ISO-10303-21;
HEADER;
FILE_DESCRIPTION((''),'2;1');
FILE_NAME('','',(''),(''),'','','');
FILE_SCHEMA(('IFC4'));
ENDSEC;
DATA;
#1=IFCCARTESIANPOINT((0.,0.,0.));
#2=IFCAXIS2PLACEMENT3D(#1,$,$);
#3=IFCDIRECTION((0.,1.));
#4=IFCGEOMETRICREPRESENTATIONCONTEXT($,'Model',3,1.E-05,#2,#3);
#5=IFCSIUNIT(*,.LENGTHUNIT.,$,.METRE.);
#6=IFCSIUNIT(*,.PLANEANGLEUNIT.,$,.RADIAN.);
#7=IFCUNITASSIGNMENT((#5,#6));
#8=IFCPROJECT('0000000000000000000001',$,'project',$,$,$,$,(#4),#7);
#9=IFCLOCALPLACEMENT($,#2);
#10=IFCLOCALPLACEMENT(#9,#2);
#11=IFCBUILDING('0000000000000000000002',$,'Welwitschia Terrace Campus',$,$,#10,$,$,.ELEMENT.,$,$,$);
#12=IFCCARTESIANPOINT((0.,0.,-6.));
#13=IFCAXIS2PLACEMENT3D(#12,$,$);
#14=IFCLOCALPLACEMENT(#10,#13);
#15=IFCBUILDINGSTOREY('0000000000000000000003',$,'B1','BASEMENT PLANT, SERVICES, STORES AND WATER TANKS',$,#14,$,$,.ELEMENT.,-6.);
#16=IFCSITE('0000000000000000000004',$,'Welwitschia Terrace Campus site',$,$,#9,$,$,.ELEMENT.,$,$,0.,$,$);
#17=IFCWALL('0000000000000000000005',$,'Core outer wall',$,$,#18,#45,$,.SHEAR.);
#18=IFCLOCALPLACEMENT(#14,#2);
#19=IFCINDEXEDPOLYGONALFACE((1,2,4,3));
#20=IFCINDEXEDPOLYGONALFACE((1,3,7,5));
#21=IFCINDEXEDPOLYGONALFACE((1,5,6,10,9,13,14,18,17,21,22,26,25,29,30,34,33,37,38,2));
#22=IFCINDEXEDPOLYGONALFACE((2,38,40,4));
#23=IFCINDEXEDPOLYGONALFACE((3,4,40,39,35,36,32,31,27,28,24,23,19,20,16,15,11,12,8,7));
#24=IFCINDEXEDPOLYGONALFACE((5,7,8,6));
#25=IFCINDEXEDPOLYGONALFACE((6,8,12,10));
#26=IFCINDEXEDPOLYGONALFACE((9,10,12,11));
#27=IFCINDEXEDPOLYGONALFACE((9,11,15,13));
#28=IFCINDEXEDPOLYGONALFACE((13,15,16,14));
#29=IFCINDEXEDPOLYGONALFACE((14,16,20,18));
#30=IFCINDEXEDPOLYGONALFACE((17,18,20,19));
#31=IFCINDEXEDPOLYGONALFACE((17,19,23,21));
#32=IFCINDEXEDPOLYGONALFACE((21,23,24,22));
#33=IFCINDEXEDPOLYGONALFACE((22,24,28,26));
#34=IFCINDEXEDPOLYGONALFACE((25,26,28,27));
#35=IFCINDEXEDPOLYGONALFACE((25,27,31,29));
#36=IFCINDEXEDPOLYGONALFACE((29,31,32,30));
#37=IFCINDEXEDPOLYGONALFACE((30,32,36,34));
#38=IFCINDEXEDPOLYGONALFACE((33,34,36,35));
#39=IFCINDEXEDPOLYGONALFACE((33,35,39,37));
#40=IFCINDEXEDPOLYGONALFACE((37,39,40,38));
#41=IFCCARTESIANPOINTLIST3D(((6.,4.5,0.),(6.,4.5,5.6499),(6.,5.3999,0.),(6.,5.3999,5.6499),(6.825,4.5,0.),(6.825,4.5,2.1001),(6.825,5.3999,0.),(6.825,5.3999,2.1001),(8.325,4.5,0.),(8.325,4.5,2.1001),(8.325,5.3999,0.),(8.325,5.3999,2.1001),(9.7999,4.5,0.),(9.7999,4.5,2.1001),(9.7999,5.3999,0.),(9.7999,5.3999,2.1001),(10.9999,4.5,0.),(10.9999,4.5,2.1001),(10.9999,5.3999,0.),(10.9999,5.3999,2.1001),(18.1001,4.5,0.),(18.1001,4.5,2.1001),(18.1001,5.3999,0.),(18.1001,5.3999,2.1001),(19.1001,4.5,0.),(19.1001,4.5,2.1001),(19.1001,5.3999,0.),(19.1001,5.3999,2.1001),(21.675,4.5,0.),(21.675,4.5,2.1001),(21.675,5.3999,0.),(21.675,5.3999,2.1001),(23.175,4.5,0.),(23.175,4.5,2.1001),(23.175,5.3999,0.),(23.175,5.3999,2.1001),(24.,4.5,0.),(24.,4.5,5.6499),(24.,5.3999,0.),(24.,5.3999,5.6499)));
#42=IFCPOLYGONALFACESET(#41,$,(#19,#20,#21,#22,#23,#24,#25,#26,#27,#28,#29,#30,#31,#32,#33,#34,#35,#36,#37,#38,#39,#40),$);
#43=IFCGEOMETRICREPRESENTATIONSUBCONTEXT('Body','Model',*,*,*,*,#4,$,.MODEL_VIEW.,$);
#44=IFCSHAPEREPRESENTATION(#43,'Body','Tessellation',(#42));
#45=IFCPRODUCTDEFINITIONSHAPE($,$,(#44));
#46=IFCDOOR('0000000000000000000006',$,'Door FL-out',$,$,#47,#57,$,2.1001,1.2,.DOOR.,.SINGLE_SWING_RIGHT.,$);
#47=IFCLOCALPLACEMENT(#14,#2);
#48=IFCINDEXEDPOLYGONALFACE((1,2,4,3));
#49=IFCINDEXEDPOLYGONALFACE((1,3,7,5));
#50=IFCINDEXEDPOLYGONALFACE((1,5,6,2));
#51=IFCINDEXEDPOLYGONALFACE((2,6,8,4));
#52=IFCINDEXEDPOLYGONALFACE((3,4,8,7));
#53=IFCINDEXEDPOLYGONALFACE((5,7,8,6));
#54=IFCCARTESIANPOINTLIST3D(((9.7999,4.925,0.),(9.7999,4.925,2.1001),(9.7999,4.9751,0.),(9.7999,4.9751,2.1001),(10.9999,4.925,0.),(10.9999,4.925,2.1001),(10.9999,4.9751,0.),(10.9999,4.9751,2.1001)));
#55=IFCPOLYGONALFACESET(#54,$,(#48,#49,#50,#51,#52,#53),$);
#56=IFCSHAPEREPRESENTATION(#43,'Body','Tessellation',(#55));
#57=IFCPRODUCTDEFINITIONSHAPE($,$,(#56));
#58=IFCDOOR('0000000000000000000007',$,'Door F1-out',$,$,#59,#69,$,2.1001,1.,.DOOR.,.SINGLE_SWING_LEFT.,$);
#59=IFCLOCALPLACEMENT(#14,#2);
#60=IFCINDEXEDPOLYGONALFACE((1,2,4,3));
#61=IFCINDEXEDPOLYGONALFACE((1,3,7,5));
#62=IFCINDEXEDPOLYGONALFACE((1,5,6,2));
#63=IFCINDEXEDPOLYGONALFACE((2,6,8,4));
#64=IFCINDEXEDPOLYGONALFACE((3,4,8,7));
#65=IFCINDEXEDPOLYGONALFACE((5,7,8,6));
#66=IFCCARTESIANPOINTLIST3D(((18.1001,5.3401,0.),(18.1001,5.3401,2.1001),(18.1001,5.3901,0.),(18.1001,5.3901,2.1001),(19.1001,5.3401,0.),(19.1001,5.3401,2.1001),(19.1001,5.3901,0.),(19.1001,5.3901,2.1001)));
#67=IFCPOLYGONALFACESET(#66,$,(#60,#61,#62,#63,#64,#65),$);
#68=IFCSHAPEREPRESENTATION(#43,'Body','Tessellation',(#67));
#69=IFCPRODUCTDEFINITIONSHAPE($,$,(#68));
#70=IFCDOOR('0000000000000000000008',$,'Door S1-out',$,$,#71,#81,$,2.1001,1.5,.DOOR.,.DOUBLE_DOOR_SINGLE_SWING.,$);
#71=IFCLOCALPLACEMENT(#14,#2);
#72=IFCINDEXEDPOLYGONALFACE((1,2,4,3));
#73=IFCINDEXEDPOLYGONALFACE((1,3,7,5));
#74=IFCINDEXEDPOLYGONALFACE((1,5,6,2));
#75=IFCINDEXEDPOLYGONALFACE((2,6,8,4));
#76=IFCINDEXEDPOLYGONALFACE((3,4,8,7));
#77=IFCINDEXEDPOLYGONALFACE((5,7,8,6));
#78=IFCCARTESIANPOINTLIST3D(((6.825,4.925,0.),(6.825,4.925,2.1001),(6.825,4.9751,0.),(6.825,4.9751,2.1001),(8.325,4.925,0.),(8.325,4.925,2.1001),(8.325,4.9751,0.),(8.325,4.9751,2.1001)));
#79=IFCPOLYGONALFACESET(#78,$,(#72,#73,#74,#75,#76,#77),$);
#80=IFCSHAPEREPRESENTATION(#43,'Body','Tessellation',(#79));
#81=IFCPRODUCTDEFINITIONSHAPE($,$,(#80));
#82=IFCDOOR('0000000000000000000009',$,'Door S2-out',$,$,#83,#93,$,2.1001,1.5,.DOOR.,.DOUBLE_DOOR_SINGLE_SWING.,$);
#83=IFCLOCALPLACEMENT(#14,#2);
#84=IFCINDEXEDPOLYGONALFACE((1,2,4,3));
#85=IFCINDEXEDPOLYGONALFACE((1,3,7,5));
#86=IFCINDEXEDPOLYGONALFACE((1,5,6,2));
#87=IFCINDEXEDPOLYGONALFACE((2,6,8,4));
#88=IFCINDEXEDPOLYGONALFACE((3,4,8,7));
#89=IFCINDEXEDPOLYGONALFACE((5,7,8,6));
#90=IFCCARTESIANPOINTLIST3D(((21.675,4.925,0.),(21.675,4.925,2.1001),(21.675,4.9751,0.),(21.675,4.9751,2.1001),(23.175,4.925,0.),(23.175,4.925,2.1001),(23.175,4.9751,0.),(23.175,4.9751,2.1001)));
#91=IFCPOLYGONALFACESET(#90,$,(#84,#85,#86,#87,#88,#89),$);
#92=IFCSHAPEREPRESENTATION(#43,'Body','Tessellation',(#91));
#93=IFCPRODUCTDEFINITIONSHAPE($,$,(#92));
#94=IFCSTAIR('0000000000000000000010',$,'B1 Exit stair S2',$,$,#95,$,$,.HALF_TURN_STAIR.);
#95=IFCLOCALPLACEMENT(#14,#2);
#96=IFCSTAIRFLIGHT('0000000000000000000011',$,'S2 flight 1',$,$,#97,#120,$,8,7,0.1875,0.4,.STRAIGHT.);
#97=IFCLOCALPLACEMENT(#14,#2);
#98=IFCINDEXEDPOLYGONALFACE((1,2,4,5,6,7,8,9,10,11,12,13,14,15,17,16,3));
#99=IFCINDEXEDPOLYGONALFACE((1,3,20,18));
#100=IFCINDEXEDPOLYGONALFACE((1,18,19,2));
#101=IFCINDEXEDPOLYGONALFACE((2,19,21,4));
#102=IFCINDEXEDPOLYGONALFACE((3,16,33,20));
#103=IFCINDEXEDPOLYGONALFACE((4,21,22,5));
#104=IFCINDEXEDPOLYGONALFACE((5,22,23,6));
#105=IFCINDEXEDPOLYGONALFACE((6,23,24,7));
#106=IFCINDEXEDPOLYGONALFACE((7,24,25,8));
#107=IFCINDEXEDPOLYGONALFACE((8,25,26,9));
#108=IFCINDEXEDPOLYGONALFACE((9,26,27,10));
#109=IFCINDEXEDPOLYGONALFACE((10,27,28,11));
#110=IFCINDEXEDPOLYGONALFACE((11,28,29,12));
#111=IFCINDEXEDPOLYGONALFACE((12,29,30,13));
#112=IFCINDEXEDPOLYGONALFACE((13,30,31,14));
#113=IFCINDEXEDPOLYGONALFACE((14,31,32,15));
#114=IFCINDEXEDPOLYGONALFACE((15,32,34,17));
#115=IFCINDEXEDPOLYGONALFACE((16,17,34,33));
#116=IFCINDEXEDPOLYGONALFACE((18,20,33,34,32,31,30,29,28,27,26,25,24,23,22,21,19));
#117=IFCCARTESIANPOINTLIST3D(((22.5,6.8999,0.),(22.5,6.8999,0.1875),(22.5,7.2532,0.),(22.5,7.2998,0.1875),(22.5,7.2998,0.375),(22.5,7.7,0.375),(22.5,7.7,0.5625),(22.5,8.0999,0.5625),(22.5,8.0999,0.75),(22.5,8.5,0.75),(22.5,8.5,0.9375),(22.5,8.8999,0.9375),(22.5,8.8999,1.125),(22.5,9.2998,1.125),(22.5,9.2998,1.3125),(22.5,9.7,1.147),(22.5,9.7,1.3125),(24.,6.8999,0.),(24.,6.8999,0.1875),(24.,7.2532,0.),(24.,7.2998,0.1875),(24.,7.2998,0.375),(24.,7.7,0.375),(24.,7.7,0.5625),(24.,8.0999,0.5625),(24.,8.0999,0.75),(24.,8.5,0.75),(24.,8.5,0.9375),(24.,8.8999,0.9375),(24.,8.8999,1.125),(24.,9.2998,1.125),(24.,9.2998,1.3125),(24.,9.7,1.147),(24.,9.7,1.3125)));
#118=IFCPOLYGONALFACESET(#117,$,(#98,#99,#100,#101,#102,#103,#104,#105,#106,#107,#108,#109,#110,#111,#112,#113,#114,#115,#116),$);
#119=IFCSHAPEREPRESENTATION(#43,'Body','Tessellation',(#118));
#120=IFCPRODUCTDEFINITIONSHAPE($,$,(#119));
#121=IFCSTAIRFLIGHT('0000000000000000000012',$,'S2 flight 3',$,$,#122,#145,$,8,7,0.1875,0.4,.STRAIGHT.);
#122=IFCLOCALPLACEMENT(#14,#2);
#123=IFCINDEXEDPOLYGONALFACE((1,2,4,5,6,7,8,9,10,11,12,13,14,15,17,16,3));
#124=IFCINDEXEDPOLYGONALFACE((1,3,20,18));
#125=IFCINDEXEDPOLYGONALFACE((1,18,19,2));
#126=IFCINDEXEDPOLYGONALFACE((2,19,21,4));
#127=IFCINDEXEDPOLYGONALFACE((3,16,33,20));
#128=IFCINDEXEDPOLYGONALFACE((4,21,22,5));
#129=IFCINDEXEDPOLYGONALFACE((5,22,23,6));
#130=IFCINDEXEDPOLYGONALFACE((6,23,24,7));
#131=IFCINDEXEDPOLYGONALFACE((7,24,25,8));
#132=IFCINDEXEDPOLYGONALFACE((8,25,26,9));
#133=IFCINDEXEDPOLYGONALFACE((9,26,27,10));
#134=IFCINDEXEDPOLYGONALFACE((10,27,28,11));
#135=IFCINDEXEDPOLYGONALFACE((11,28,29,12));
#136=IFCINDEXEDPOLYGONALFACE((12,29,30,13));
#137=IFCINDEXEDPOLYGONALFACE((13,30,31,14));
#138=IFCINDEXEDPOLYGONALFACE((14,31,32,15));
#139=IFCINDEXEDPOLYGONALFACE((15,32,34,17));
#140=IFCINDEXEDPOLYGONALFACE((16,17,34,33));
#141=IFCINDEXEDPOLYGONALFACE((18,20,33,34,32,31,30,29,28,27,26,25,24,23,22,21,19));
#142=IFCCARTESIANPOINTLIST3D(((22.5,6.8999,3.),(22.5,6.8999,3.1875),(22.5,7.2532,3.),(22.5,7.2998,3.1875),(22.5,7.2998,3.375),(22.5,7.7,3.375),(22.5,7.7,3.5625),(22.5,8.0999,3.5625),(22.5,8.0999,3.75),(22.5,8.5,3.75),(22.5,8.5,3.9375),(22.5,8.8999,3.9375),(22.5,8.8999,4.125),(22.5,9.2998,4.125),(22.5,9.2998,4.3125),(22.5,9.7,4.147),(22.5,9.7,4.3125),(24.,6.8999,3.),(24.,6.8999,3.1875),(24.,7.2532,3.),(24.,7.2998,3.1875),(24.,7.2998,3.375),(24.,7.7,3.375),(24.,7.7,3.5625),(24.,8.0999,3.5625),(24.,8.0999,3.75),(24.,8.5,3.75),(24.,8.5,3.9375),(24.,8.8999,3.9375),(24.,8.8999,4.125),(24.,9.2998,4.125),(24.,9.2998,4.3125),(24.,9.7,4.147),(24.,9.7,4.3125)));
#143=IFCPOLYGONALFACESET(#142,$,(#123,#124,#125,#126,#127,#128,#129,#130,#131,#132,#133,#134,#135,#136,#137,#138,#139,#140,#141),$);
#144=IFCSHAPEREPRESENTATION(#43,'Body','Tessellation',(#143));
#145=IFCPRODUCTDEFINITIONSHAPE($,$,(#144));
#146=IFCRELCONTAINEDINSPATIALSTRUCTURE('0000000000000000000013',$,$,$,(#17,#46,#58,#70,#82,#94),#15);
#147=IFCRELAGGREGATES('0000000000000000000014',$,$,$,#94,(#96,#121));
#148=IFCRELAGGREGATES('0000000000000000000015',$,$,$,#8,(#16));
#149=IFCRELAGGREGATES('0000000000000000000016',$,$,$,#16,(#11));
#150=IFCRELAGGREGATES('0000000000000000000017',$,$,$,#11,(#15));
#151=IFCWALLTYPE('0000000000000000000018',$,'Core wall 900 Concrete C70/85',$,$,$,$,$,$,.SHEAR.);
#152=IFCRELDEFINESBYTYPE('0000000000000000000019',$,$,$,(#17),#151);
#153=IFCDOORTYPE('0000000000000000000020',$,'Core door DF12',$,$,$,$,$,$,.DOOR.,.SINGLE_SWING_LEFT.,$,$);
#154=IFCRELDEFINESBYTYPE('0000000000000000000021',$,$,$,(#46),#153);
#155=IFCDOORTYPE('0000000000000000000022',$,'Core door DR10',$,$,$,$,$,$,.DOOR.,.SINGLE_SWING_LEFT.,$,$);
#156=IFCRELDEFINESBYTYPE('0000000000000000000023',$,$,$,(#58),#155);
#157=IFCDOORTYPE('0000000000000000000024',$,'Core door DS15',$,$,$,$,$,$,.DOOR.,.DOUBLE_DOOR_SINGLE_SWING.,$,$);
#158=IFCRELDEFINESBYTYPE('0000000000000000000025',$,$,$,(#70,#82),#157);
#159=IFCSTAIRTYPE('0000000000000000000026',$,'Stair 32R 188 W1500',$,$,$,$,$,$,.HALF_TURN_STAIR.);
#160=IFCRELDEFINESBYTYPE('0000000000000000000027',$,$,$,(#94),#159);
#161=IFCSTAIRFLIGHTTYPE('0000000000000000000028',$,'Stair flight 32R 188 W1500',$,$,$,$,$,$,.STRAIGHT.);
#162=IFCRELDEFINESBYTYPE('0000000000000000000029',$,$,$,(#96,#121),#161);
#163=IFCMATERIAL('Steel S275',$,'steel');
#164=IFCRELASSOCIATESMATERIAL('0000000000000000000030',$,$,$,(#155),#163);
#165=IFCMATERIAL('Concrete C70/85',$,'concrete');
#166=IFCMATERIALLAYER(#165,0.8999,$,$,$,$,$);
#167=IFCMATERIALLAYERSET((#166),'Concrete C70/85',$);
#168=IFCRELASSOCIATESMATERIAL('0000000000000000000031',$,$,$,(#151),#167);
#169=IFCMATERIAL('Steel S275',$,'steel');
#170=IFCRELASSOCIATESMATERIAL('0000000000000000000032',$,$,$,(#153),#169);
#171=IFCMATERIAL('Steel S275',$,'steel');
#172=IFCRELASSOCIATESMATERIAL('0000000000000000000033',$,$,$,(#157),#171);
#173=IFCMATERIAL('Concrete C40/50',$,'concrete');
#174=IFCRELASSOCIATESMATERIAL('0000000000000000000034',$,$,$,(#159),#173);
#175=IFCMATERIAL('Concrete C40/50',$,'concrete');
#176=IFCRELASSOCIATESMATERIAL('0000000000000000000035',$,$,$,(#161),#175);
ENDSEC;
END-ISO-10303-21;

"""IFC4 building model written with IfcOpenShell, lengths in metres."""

from ifc_helpers import new_model, si_unit, direction, frame, frame_2d, origin, place, context, subcontext, project, spatial, polyline, rectangle, outline, extrude, material, layer, layer_set, type_object, element, fill, aggregate, save


model = new_model("IFC4")

# Units and contexts
model_context = context("Model", 3, precision=1e-05, world=origin(), true_north=direction((0.0, 1.0)))
body_context = subcontext(model_context, "Body", "Model", "MODEL_VIEW")
ifc_project = project(units=[si_unit("LENGTHUNIT", "METRE"), si_unit("PLANEANGLEUNIT", "RADIAN")], contexts=[model_context])

# Site, building, storey
site_placement = place(None, origin())
site = spatial("IfcSite", under=ifc_project, at=site_placement, Name="Welwitschia Terrace Campus site", CompositionType="ELEMENT", RefElevation=0.0)
building_placement = place(site_placement, origin())
building = spatial("IfcBuilding", under=site, at=building_placement, Name="Welwitschia Terrace Campus", CompositionType="ELEMENT")
storey_placement = place(building_placement, frame((0.0, 0.0, -6.0)))
storey = spatial("IfcBuildingStorey", under=building, at=storey_placement, Name="B1", Description="BASEMENT PLANT, SERVICES, STORES AND WATER TANKS", CompositionType="ELEMENT", Elevation=-6.0)

# Wall, openings, doors
ifc_material_1 = material(Name="Steel S275", Category="steel")
door_type_1 = type_object("IfcDoorType", Name="Core door DR10", OperationType="SINGLE_SWING_LEFT", PredefinedType="DOOR", material=ifc_material_1)
ifc_material_2 = material(Name="Concrete C70/85", Category="concrete")
ifc_layer_1 = layer(ifc_material_2, 0.8999)
ifc_layer_set_1 = layer_set([ifc_layer_1], Name="Concrete C70/85")
wall_type_1 = type_object("IfcWallType", Name="Core wall 900 Concrete C70/85", PredefinedType="SHEAR", material=ifc_layer_set_1)
wall_1_placement = place(storey_placement, frame((24.0, 4.95, 0.0), z_axis=(0.0, 0.0, 1.0), x_axis=(-1.0, 0.0, 0.0)))
wall_1 = element("IfcWall", 1, at=wall_1_placement, inside=storey, type_object=wall_type_1, Name="Core outer wall", PredefinedType="SHEAR", context=body_context, shape_type="SweptSolid", body=[
    extrude(rectangle(XDim=18.0, YDim=0.8999, at=frame_2d((9.0, 0.0))), origin(), (0.0, 0.0, 1.0), 5.6499),
])
opening_1_placement = place(wall_1_placement, frame((15.675, 0.0, 0.0)))
opening_1 = element("IfcOpeningElement", 2, at=opening_1_placement, cuts=wall_1, PredefinedType="OPENING", context=body_context, shape_type="SweptSolid", body=[
    extrude(rectangle(XDim=1.5, YDim=2.1001, at=frame_2d((0.75, 1.05))), frame((0.0, 0.46, 0.0), z_axis=(0.0, -1.0, 0.0), x_axis=(1.0, 0.0, 0.0)), (0.0, 0.0, 1.0), 0.9199),
])
opening_2_placement = place(wall_1_placement, frame((0.825, 0.0, 0.0)))
opening_2 = element("IfcOpeningElement", 3, at=opening_2_placement, cuts=wall_1, PredefinedType="OPENING", context=body_context, shape_type="SweptSolid", body=[
    extrude(rectangle(XDim=1.5, YDim=2.1001, at=frame_2d((0.75, 1.05))), frame((0.0, 0.46, 0.0), z_axis=(0.0, -1.0, 0.0), x_axis=(1.0, 0.0, 0.0)), (0.0, 0.0, 1.0), 0.9199),
])
opening_3_placement = place(wall_1_placement, frame((13.0, 0.0, 0.0)))
opening_3 = element("IfcOpeningElement", 4, at=opening_3_placement, cuts=wall_1, PredefinedType="OPENING", context=body_context, shape_type="SweptSolid", body=[
    extrude(rectangle(XDim=1.2, YDim=2.1001, at=frame_2d((0.6001, 1.05))), frame((0.0, 0.46, 0.0), z_axis=(0.0, -1.0, 0.0), x_axis=(1.0, 0.0, 0.0)), (0.0, 0.0, 1.0), 0.9199),
])
opening_4_placement = place(wall_1_placement, frame((4.8999, 0.0, 0.0)))
opening_4 = element("IfcOpeningElement", 5, at=opening_4_placement, cuts=wall_1, PredefinedType="OPENING", context=body_context, shape_type="SweptSolid", body=[
    extrude(rectangle(XDim=1.0, YDim=2.1001, at=frame_2d((0.5, 1.05))), frame((0.0, 0.46, 0.0), z_axis=(0.0, -1.0, 0.0), x_axis=(1.0, 0.0, 0.0)), (0.0, 0.0, 1.0), 0.9199),
])
ifc_material_3 = material(Name="Steel S275", Category="steel")
door_type_2 = type_object("IfcDoorType", Name="Core door DF12", OperationType="SINGLE_SWING_LEFT", PredefinedType="DOOR", material=ifc_material_3)
door_1_placement = place(opening_3_placement, origin())
door_1 = element("IfcDoor", 6, at=door_1_placement, inside=storey, type_object=door_type_2, Name="Door FL-out", OperationType="SINGLE_SWING_RIGHT", OverallHeight=2.1001, OverallWidth=1.2, PredefinedType="DOOR", context=body_context, shape_type="SweptSolid", body=[
    extrude(rectangle(XDim=1.2, YDim=2.1001, at=frame_2d((0.6001, 1.05))), frame((0.0, 0.0249, 0.0), z_axis=(0.0, -1.0, 0.0), x_axis=(1.0, 0.0, 0.0)), (0.0, 0.0, 1.0), 0.05),
])
fill(opening_3, door_1)
door_2_placement = place(opening_4_placement, origin())
door_2 = element("IfcDoor", 7, at=door_2_placement, inside=storey, type_object=door_type_1, Name="Door F1-out", OperationType="SINGLE_SWING_LEFT", OverallHeight=2.1001, OverallWidth=1.0, PredefinedType="DOOR", context=body_context, shape_type="SweptSolid", body=[
    extrude(rectangle(XDim=1.0, YDim=2.1001, at=frame_2d((0.5, 1.05))), frame((0.0, -0.3901, 0.0), z_axis=(0.0, -1.0, 0.0), x_axis=(1.0, 0.0, 0.0)), (0.0, 0.0, 1.0), 0.05),
])
fill(opening_4, door_2)
ifc_material_4 = material(Name="Steel S275", Category="steel")
door_type_3 = type_object("IfcDoorType", Name="Core door DS15", OperationType="DOUBLE_DOOR_SINGLE_SWING", PredefinedType="DOOR", material=ifc_material_4)
door_3_placement = place(opening_1_placement, origin())
door_3 = element("IfcDoor", 8, at=door_3_placement, inside=storey, type_object=door_type_3, Name="Door S1-out", OperationType="DOUBLE_DOOR_SINGLE_SWING", OverallHeight=2.1001, OverallWidth=1.5, PredefinedType="DOOR", context=body_context, shape_type="SweptSolid", body=[
    extrude(rectangle(XDim=1.5, YDim=2.1001, at=frame_2d((0.75, 1.05))), frame((0.0, 0.0249, 0.0), z_axis=(0.0, -1.0, 0.0), x_axis=(1.0, 0.0, 0.0)), (0.0, 0.0, 1.0), 0.05),
])
fill(opening_1, door_3)
door_4_placement = place(opening_2_placement, origin())
door_4 = element("IfcDoor", 9, at=door_4_placement, inside=storey, type_object=door_type_3, Name="Door S2-out", OperationType="DOUBLE_DOOR_SINGLE_SWING", OverallHeight=2.1001, OverallWidth=1.5, PredefinedType="DOOR", context=body_context, shape_type="SweptSolid", body=[
    extrude(rectangle(XDim=1.5, YDim=2.1001, at=frame_2d((0.75, 1.05))), frame((0.0, 0.0249, 0.0), z_axis=(0.0, -1.0, 0.0), x_axis=(1.0, 0.0, 0.0)), (0.0, 0.0, 1.0), 0.05),
])
fill(opening_2, door_4)

# Stair, stair flights
ifc_material_5 = material(Name="Concrete C40/50", Category="concrete")
stair_type = type_object("IfcStairType", Name="Stair 32R 188 W1500", PredefinedType="HALF_TURN_STAIR", material=ifc_material_5)
stair_placement = place(storey_placement, origin())
stair = element("IfcStair", 10, at=stair_placement, inside=storey, type_object=stair_type, Name="B1 Exit stair S2", PredefinedType="HALF_TURN_STAIR")
ifc_material_6 = material(Name="Concrete C40/50", Category="concrete")
stair_flight_type = type_object("IfcStairFlightType", Name="Stair flight 32R 188 W1500", PredefinedType="STRAIGHT", material=ifc_material_6)
stair_flight_1_placement = place(storey_placement, frame((23.25, 6.8999, 0.0), z_axis=(0.0, 0.0, 1.0), x_axis=(0.0, 1.0, 0.0)))
stair_flight_1 = element("IfcStairFlight", 11, at=stair_flight_1_placement, type_object=stair_flight_type, Name="S2 flight 1", NumberOfRisers=8, NumberOfTreads=7, PredefinedType="STRAIGHT", RiserHeight=0.1875, TreadLength=0.4, context=body_context, shape_type="SweptSolid", body=[
    extrude(outline(polyline([(0.0, 0.0), (0.0, 0.1875), (0.3999, 0.1875), (0.3999, 0.375), (0.8, 0.375), (0.8, 0.5625), (1.2, 0.5625), (1.2, 0.75), (1.6001, 0.75), (1.6001, 0.9375), (2.0, 0.9375), (2.0, 1.125), (2.3999, 1.125), (2.3999, 1.3125), (2.8, 1.3125), (2.8, 1.5), (2.8, 1.147), (0.3533, 0.0), (0.0, 0.0)])), frame((0.0, 0.75, 0.0), z_axis=(0.0, -1.0, 0.0), x_axis=(1.0, 0.0, 0.0)), (0.0, 0.0, 1.0), 1.5),
])
stair_flight_2_placement = place(storey_placement, frame((23.25, 6.8999, 3.0), z_axis=(0.0, 0.0, 1.0), x_axis=(0.0, 1.0, 0.0)))
stair_flight_2 = element("IfcStairFlight", 12, at=stair_flight_2_placement, type_object=stair_flight_type, Name="S2 flight 3", NumberOfRisers=8, NumberOfTreads=7, PredefinedType="STRAIGHT", RiserHeight=0.1875, TreadLength=0.4, context=body_context, shape_type="SweptSolid", body=[
    extrude(outline(polyline([(0.0, 0.0), (0.0, 0.1875), (0.3999, 0.1875), (0.3999, 0.375), (0.8, 0.375), (0.8, 0.5625), (1.2, 0.5625), (1.2, 0.75), (1.6001, 0.75), (1.6001, 0.9375), (2.0, 0.9375), (2.0, 1.125), (2.3999, 1.125), (2.3999, 1.3125), (2.8, 1.3125), (2.8, 1.5), (2.8, 1.147), (0.3533, 0.0), (0.0, 0.0)])), frame((0.0, 0.75, 0.0), z_axis=(0.0, -1.0, 0.0), x_axis=(1.0, 0.0, 0.0)), (0.0, 0.0, 1.0), 1.5),
])
aggregate(stair, [stair_flight_1, stair_flight_2])

save(model, "model.ifc")
